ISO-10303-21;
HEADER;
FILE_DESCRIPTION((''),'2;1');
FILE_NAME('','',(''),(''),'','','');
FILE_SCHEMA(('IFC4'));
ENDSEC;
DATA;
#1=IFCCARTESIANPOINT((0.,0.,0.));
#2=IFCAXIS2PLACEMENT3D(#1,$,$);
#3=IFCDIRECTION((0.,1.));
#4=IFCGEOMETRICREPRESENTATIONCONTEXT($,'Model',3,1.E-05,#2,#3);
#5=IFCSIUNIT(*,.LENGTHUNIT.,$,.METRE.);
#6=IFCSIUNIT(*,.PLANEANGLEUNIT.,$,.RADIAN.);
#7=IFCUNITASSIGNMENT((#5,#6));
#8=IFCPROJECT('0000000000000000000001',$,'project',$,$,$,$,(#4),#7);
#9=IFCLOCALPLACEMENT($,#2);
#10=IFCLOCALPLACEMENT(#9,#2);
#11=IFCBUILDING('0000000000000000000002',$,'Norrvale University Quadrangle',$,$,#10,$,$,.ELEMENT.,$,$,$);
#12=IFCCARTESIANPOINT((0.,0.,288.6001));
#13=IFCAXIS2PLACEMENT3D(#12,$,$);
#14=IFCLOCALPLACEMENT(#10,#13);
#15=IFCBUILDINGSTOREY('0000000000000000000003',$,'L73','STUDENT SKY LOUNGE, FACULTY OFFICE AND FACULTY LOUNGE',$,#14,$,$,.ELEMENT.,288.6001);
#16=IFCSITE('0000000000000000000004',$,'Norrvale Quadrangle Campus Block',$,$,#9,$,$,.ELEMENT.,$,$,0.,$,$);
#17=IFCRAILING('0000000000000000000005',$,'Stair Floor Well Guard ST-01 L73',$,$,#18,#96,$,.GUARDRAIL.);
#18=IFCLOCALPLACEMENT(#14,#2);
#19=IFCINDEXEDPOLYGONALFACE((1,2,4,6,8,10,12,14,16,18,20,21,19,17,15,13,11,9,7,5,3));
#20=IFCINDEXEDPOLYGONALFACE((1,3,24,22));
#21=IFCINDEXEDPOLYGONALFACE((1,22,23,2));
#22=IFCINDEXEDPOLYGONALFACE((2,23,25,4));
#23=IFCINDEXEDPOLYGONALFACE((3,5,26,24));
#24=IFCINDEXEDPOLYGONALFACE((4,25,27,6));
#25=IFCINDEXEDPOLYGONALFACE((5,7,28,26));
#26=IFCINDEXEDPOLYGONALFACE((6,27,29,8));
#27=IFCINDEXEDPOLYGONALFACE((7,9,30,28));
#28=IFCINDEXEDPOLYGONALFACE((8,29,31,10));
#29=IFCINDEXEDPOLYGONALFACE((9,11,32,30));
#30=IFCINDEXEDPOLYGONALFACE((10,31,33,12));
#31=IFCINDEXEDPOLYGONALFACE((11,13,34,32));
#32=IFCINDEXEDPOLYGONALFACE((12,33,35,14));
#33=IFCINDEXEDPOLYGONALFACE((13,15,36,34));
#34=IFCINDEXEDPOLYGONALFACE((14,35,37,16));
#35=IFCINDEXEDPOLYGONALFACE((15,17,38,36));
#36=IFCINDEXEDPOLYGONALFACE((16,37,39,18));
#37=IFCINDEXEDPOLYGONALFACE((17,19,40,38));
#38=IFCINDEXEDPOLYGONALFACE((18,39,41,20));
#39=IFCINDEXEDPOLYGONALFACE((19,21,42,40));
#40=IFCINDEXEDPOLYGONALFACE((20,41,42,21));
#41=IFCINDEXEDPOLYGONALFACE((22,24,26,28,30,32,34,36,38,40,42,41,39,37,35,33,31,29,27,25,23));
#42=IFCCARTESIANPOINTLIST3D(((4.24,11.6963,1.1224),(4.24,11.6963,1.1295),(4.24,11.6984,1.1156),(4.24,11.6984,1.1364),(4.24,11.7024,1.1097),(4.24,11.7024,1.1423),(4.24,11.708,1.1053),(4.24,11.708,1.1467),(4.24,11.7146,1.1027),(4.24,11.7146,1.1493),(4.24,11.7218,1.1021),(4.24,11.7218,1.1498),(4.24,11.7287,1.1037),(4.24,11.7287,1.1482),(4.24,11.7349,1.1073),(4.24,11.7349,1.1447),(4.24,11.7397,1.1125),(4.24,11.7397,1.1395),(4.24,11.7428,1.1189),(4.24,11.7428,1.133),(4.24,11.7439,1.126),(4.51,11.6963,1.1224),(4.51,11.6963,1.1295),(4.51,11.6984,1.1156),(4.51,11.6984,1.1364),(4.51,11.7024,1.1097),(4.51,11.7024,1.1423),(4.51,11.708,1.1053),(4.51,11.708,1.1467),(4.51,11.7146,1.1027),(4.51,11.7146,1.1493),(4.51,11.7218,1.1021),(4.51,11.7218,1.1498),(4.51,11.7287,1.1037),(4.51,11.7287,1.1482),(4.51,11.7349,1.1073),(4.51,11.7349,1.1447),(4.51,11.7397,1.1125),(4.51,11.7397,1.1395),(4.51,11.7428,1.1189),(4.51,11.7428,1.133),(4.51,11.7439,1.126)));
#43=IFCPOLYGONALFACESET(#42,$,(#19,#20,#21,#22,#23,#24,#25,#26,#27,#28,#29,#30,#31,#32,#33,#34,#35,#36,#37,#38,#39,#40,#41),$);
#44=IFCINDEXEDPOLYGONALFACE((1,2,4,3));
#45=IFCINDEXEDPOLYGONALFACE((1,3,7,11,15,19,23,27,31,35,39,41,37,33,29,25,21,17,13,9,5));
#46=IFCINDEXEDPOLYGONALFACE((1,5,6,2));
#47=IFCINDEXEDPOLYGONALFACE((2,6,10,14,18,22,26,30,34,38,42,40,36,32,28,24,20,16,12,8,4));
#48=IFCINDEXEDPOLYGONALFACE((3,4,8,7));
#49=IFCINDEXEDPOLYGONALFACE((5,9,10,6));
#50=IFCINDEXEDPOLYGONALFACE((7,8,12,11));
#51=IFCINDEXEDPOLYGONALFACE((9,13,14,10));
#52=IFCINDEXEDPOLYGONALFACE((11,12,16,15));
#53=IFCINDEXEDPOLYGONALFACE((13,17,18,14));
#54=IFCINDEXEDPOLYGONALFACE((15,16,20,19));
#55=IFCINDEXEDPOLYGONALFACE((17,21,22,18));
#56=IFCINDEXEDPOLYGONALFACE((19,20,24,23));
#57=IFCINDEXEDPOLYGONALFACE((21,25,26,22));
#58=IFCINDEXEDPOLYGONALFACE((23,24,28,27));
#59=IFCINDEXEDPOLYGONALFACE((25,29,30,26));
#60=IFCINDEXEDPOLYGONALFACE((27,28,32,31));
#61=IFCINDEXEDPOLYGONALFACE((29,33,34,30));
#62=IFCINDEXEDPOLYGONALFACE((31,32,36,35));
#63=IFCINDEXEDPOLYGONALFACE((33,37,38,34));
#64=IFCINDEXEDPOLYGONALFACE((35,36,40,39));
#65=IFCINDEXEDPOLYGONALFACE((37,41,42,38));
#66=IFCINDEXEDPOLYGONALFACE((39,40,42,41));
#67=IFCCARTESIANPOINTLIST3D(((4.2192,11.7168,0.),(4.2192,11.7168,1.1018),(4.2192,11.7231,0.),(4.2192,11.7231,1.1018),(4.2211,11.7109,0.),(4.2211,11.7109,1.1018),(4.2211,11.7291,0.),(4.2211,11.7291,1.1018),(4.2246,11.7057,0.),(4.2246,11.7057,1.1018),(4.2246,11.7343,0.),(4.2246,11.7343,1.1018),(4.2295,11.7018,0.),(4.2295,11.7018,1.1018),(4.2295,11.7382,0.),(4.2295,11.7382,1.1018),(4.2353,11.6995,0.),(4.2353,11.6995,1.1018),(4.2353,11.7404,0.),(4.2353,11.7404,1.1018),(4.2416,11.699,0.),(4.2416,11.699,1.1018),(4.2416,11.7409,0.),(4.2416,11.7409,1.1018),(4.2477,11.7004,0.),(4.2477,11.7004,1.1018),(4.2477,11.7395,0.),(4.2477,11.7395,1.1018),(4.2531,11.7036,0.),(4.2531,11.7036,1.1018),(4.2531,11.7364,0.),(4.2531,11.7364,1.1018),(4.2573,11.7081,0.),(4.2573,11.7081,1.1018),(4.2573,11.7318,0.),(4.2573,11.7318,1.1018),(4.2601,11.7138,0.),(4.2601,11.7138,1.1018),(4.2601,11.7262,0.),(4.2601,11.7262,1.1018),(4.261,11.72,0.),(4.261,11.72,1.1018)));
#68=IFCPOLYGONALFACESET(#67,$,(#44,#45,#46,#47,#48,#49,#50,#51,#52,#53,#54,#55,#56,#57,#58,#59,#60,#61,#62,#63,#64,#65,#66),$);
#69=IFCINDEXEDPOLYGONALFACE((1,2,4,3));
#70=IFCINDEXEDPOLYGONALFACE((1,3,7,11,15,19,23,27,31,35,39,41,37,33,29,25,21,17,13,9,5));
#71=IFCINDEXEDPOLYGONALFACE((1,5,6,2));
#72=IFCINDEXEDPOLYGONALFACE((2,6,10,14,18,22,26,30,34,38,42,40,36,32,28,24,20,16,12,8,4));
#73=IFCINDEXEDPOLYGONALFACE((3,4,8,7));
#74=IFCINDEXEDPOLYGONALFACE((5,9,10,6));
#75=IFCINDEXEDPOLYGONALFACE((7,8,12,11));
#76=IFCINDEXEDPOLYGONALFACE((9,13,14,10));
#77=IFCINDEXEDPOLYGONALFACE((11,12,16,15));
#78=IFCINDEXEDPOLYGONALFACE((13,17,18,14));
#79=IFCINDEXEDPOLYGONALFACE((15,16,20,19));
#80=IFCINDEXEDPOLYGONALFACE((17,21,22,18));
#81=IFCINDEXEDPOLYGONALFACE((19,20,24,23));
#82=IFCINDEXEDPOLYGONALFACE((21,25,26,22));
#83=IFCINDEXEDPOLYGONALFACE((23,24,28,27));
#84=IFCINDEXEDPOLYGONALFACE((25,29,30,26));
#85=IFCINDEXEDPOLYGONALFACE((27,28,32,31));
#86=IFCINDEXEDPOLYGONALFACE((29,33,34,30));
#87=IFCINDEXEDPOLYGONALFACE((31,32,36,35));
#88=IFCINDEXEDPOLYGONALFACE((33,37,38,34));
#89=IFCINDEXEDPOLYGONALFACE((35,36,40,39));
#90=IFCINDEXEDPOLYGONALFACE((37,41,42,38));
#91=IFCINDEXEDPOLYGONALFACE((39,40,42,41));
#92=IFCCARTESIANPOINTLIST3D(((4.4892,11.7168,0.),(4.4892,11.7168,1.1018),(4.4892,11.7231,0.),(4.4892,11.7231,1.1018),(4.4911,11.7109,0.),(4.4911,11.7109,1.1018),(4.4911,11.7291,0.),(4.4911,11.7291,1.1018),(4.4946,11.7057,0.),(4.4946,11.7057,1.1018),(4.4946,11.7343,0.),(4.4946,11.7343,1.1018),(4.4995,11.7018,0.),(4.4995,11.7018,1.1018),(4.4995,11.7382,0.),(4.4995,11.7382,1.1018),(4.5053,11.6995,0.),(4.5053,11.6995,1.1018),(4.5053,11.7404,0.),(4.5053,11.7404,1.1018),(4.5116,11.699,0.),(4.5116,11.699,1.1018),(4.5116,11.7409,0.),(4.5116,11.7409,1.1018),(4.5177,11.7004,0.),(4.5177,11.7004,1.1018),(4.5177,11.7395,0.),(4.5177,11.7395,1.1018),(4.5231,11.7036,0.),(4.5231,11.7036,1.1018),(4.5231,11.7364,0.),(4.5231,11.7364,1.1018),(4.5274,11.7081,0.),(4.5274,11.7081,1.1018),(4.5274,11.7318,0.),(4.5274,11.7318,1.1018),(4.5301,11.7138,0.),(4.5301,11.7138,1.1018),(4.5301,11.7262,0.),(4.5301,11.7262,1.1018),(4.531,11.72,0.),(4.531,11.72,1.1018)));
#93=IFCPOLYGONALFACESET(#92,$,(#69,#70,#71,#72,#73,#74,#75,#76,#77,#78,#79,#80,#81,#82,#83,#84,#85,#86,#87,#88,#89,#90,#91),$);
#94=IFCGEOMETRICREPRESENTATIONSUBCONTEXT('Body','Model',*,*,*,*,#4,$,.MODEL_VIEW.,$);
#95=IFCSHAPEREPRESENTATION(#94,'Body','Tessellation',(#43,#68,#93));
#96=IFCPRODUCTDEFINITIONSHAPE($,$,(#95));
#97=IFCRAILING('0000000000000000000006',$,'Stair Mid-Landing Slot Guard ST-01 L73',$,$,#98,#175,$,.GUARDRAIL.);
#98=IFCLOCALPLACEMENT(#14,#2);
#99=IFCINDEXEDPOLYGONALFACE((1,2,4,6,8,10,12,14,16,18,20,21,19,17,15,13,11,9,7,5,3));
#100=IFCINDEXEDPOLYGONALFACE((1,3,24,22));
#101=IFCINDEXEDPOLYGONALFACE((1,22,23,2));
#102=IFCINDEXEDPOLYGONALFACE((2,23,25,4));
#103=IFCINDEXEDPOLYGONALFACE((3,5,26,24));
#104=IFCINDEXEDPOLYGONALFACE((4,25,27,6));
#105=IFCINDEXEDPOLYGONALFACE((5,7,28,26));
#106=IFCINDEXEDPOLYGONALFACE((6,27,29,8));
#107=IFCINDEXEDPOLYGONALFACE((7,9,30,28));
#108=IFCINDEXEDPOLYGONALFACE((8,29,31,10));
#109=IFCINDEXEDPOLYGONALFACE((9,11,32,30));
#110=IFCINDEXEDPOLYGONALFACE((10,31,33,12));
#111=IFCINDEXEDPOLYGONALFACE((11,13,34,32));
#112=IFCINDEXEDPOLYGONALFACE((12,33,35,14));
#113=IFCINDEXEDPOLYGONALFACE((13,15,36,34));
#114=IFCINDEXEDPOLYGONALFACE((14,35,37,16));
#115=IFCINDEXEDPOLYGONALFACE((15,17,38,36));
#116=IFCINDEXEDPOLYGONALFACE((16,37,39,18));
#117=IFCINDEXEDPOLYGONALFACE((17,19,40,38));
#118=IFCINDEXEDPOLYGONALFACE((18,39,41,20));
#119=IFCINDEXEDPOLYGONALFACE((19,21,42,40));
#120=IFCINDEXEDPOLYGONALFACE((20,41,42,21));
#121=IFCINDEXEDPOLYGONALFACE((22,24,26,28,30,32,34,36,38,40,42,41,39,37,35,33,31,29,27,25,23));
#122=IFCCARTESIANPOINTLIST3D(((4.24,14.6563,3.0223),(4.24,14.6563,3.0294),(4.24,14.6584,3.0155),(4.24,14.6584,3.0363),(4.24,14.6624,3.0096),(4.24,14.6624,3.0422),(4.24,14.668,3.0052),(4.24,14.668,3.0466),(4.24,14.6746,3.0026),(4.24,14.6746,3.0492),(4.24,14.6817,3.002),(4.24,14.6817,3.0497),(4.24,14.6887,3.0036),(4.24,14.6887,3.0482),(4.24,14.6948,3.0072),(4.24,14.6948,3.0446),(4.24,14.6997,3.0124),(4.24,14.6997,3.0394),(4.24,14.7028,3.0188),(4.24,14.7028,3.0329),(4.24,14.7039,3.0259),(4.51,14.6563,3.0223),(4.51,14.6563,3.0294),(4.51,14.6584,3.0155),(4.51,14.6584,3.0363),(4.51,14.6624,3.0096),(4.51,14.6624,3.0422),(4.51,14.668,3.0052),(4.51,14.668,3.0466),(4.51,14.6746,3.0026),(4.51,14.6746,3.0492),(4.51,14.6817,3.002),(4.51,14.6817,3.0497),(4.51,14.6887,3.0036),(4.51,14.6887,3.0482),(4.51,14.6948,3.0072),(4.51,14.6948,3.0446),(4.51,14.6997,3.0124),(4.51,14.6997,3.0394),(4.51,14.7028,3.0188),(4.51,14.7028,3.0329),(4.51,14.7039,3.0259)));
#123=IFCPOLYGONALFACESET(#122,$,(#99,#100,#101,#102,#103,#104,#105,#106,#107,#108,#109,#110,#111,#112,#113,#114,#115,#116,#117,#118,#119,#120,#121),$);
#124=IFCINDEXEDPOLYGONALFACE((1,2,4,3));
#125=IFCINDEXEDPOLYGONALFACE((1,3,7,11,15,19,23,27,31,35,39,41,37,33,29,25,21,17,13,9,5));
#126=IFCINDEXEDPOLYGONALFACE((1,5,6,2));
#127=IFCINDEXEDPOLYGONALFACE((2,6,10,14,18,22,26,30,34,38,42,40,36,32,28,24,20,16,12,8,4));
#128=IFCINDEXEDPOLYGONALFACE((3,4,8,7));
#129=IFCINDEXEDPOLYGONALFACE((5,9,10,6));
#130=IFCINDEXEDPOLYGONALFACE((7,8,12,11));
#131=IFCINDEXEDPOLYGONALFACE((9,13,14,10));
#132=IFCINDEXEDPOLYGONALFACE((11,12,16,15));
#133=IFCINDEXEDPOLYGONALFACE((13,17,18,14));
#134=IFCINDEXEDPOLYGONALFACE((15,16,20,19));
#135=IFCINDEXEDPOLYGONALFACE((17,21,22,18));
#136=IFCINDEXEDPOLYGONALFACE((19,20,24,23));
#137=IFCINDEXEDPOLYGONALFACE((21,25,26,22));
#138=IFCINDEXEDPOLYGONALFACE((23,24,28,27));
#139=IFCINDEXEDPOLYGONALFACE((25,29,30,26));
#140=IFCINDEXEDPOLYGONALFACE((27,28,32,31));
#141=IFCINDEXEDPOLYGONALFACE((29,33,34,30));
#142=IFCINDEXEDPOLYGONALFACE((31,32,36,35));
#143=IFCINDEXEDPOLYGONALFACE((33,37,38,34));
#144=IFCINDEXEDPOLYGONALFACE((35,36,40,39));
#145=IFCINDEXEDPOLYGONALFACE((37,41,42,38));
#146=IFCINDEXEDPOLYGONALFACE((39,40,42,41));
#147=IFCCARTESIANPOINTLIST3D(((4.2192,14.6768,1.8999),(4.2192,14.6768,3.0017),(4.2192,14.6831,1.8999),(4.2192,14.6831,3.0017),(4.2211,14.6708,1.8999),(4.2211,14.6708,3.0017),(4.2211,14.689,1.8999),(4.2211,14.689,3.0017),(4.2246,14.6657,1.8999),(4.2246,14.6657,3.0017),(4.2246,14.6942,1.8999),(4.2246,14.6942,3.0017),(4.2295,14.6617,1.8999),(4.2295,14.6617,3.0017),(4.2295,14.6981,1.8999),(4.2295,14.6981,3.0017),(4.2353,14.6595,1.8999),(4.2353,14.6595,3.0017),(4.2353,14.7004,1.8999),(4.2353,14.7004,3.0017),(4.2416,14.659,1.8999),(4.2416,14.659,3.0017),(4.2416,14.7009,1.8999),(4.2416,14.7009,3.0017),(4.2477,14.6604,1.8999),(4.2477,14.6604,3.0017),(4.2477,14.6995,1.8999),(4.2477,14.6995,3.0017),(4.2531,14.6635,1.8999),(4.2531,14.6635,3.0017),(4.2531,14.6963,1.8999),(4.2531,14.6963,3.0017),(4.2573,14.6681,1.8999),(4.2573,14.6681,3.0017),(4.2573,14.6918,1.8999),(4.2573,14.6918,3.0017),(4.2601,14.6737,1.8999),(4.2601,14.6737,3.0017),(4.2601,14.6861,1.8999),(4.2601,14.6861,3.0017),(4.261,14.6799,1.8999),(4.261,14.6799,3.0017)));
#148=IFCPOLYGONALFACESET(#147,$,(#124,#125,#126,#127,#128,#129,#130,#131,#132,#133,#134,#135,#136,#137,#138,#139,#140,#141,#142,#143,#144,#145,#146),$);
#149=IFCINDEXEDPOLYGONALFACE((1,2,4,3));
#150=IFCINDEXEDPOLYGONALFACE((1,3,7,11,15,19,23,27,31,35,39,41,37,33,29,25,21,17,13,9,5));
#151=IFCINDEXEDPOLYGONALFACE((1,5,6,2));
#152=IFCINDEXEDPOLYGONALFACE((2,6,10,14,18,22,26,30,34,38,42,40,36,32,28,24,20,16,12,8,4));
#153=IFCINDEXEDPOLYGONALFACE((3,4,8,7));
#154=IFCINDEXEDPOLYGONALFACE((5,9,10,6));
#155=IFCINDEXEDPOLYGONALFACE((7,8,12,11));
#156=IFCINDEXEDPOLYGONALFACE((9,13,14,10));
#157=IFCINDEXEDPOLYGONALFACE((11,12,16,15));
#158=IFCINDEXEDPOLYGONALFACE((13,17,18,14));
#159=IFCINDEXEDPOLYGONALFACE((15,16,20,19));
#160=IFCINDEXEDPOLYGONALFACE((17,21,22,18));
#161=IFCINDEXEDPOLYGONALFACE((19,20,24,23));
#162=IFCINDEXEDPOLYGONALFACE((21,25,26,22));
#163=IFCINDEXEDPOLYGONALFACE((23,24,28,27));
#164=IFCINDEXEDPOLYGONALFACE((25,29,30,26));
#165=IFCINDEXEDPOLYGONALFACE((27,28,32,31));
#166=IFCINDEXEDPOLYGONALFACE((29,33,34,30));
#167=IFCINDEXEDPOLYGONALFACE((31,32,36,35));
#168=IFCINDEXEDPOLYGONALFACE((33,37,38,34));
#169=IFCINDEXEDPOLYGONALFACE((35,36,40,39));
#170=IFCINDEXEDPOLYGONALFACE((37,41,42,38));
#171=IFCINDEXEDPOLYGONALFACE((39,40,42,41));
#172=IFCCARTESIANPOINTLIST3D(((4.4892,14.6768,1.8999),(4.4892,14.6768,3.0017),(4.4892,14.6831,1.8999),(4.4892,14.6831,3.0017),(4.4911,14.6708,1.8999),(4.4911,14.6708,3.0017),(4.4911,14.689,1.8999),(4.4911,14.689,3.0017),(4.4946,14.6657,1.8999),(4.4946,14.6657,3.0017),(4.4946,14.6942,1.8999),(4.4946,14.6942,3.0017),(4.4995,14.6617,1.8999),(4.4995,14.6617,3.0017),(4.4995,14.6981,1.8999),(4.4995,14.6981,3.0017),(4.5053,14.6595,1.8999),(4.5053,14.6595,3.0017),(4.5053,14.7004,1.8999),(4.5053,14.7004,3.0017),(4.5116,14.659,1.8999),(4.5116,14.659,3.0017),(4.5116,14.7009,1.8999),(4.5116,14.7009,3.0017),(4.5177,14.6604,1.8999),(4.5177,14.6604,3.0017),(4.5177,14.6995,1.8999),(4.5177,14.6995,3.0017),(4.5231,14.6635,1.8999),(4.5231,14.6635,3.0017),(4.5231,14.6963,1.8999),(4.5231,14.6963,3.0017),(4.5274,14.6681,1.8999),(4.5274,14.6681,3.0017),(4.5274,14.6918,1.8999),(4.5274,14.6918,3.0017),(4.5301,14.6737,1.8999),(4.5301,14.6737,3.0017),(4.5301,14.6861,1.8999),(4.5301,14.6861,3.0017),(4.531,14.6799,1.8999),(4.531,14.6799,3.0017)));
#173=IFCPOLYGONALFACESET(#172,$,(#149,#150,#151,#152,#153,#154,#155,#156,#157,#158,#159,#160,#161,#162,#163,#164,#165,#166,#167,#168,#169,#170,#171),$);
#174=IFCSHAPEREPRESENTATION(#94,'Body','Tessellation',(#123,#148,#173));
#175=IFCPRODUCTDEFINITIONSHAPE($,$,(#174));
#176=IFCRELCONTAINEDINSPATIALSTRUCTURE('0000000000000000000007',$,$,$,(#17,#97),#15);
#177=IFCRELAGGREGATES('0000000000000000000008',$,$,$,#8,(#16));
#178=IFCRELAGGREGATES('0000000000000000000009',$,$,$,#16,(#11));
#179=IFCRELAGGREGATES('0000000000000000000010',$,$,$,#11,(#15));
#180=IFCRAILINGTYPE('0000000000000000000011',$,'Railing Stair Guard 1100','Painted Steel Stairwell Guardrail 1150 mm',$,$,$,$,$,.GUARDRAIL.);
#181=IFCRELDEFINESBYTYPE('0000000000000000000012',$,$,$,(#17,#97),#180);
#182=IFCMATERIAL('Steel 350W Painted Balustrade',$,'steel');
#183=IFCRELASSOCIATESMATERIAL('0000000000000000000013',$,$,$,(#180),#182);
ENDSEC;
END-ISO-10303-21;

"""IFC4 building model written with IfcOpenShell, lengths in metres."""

from ifc_helpers import new_model, si_unit, direction, frame, origin, origin_2d, place, context, subcontext, project, spatial, circle, extrude, material, type_object, element, save


model = new_model("IFC4")

# Units and contexts
model_context = context("Model", 3, precision=1e-05, world=origin(), true_north=direction((0.0, 1.0)))
body_context = subcontext(model_context, "Body", "Model", "MODEL_VIEW")
ifc_project = project(units=[si_unit("LENGTHUNIT", "METRE"), si_unit("PLANEANGLEUNIT", "RADIAN")], contexts=[model_context])

# Site, building, storey
site_placement = place(None, origin())
site = spatial("IfcSite", under=ifc_project, at=site_placement, Name="Norrvale Quadrangle Campus Block", CompositionType="ELEMENT", RefElevation=0.0)
building_placement = place(site_placement, origin())
building = spatial("IfcBuilding", under=site, at=building_placement, Name="Norrvale University Quadrangle", CompositionType="ELEMENT")
storey_placement = place(building_placement, frame((0.0, 0.0, 288.6001)))
storey = spatial("IfcBuildingStorey", under=building, at=storey_placement, Name="L73", Description="STUDENT SKY LOUNGE, FACULTY OFFICE AND FACULTY LOUNGE", CompositionType="ELEMENT", Elevation=288.6001)

# Railings
ifc_material_1 = material(Name="Steel 350W Painted Balustrade", Category="steel")
railing_type_1 = type_object("IfcRailingType", Name="Railing Stair Guard 1100", Description="Painted Steel Stairwell Guardrail 1150 mm", PredefinedType="GUARDRAIL", material=ifc_material_1)
for number, where, name in (
    (1, (4.24, 11.72, 0.0), "Stair Floor Well Guard ST-01 L73"),
    (2, (4.24, 14.6799, 1.8999), "Stair Mid-Landing Slot Guard ST-01 L73"),
):
    element("IfcRailing", number, at=place(storey_placement, frame(where)), inside=storey, type_object=railing_type_1, Name=name, PredefinedType="GUARDRAIL", context=body_context, shape_type="SweptSolid", body=[
        extrude(circle(Radius=0.0239, at=origin_2d()), frame((0.0, 0.0, 1.126), z_axis=(1.0, 0.0, 0.0), x_axis=(0.0, 1.0, 0.0)), (0.0, 0.0, 1.0), 0.27),
        extrude(circle(Radius=0.021, at=origin_2d()), origin(), (0.0, 0.0, 1.0), 1.1018),
        extrude(circle(Radius=0.021, at=origin_2d()), frame((0.27, 0.0, 0.0)), (0.0, 0.0, 1.0), 1.1018),
    ])

save(model, "model.ifc")
